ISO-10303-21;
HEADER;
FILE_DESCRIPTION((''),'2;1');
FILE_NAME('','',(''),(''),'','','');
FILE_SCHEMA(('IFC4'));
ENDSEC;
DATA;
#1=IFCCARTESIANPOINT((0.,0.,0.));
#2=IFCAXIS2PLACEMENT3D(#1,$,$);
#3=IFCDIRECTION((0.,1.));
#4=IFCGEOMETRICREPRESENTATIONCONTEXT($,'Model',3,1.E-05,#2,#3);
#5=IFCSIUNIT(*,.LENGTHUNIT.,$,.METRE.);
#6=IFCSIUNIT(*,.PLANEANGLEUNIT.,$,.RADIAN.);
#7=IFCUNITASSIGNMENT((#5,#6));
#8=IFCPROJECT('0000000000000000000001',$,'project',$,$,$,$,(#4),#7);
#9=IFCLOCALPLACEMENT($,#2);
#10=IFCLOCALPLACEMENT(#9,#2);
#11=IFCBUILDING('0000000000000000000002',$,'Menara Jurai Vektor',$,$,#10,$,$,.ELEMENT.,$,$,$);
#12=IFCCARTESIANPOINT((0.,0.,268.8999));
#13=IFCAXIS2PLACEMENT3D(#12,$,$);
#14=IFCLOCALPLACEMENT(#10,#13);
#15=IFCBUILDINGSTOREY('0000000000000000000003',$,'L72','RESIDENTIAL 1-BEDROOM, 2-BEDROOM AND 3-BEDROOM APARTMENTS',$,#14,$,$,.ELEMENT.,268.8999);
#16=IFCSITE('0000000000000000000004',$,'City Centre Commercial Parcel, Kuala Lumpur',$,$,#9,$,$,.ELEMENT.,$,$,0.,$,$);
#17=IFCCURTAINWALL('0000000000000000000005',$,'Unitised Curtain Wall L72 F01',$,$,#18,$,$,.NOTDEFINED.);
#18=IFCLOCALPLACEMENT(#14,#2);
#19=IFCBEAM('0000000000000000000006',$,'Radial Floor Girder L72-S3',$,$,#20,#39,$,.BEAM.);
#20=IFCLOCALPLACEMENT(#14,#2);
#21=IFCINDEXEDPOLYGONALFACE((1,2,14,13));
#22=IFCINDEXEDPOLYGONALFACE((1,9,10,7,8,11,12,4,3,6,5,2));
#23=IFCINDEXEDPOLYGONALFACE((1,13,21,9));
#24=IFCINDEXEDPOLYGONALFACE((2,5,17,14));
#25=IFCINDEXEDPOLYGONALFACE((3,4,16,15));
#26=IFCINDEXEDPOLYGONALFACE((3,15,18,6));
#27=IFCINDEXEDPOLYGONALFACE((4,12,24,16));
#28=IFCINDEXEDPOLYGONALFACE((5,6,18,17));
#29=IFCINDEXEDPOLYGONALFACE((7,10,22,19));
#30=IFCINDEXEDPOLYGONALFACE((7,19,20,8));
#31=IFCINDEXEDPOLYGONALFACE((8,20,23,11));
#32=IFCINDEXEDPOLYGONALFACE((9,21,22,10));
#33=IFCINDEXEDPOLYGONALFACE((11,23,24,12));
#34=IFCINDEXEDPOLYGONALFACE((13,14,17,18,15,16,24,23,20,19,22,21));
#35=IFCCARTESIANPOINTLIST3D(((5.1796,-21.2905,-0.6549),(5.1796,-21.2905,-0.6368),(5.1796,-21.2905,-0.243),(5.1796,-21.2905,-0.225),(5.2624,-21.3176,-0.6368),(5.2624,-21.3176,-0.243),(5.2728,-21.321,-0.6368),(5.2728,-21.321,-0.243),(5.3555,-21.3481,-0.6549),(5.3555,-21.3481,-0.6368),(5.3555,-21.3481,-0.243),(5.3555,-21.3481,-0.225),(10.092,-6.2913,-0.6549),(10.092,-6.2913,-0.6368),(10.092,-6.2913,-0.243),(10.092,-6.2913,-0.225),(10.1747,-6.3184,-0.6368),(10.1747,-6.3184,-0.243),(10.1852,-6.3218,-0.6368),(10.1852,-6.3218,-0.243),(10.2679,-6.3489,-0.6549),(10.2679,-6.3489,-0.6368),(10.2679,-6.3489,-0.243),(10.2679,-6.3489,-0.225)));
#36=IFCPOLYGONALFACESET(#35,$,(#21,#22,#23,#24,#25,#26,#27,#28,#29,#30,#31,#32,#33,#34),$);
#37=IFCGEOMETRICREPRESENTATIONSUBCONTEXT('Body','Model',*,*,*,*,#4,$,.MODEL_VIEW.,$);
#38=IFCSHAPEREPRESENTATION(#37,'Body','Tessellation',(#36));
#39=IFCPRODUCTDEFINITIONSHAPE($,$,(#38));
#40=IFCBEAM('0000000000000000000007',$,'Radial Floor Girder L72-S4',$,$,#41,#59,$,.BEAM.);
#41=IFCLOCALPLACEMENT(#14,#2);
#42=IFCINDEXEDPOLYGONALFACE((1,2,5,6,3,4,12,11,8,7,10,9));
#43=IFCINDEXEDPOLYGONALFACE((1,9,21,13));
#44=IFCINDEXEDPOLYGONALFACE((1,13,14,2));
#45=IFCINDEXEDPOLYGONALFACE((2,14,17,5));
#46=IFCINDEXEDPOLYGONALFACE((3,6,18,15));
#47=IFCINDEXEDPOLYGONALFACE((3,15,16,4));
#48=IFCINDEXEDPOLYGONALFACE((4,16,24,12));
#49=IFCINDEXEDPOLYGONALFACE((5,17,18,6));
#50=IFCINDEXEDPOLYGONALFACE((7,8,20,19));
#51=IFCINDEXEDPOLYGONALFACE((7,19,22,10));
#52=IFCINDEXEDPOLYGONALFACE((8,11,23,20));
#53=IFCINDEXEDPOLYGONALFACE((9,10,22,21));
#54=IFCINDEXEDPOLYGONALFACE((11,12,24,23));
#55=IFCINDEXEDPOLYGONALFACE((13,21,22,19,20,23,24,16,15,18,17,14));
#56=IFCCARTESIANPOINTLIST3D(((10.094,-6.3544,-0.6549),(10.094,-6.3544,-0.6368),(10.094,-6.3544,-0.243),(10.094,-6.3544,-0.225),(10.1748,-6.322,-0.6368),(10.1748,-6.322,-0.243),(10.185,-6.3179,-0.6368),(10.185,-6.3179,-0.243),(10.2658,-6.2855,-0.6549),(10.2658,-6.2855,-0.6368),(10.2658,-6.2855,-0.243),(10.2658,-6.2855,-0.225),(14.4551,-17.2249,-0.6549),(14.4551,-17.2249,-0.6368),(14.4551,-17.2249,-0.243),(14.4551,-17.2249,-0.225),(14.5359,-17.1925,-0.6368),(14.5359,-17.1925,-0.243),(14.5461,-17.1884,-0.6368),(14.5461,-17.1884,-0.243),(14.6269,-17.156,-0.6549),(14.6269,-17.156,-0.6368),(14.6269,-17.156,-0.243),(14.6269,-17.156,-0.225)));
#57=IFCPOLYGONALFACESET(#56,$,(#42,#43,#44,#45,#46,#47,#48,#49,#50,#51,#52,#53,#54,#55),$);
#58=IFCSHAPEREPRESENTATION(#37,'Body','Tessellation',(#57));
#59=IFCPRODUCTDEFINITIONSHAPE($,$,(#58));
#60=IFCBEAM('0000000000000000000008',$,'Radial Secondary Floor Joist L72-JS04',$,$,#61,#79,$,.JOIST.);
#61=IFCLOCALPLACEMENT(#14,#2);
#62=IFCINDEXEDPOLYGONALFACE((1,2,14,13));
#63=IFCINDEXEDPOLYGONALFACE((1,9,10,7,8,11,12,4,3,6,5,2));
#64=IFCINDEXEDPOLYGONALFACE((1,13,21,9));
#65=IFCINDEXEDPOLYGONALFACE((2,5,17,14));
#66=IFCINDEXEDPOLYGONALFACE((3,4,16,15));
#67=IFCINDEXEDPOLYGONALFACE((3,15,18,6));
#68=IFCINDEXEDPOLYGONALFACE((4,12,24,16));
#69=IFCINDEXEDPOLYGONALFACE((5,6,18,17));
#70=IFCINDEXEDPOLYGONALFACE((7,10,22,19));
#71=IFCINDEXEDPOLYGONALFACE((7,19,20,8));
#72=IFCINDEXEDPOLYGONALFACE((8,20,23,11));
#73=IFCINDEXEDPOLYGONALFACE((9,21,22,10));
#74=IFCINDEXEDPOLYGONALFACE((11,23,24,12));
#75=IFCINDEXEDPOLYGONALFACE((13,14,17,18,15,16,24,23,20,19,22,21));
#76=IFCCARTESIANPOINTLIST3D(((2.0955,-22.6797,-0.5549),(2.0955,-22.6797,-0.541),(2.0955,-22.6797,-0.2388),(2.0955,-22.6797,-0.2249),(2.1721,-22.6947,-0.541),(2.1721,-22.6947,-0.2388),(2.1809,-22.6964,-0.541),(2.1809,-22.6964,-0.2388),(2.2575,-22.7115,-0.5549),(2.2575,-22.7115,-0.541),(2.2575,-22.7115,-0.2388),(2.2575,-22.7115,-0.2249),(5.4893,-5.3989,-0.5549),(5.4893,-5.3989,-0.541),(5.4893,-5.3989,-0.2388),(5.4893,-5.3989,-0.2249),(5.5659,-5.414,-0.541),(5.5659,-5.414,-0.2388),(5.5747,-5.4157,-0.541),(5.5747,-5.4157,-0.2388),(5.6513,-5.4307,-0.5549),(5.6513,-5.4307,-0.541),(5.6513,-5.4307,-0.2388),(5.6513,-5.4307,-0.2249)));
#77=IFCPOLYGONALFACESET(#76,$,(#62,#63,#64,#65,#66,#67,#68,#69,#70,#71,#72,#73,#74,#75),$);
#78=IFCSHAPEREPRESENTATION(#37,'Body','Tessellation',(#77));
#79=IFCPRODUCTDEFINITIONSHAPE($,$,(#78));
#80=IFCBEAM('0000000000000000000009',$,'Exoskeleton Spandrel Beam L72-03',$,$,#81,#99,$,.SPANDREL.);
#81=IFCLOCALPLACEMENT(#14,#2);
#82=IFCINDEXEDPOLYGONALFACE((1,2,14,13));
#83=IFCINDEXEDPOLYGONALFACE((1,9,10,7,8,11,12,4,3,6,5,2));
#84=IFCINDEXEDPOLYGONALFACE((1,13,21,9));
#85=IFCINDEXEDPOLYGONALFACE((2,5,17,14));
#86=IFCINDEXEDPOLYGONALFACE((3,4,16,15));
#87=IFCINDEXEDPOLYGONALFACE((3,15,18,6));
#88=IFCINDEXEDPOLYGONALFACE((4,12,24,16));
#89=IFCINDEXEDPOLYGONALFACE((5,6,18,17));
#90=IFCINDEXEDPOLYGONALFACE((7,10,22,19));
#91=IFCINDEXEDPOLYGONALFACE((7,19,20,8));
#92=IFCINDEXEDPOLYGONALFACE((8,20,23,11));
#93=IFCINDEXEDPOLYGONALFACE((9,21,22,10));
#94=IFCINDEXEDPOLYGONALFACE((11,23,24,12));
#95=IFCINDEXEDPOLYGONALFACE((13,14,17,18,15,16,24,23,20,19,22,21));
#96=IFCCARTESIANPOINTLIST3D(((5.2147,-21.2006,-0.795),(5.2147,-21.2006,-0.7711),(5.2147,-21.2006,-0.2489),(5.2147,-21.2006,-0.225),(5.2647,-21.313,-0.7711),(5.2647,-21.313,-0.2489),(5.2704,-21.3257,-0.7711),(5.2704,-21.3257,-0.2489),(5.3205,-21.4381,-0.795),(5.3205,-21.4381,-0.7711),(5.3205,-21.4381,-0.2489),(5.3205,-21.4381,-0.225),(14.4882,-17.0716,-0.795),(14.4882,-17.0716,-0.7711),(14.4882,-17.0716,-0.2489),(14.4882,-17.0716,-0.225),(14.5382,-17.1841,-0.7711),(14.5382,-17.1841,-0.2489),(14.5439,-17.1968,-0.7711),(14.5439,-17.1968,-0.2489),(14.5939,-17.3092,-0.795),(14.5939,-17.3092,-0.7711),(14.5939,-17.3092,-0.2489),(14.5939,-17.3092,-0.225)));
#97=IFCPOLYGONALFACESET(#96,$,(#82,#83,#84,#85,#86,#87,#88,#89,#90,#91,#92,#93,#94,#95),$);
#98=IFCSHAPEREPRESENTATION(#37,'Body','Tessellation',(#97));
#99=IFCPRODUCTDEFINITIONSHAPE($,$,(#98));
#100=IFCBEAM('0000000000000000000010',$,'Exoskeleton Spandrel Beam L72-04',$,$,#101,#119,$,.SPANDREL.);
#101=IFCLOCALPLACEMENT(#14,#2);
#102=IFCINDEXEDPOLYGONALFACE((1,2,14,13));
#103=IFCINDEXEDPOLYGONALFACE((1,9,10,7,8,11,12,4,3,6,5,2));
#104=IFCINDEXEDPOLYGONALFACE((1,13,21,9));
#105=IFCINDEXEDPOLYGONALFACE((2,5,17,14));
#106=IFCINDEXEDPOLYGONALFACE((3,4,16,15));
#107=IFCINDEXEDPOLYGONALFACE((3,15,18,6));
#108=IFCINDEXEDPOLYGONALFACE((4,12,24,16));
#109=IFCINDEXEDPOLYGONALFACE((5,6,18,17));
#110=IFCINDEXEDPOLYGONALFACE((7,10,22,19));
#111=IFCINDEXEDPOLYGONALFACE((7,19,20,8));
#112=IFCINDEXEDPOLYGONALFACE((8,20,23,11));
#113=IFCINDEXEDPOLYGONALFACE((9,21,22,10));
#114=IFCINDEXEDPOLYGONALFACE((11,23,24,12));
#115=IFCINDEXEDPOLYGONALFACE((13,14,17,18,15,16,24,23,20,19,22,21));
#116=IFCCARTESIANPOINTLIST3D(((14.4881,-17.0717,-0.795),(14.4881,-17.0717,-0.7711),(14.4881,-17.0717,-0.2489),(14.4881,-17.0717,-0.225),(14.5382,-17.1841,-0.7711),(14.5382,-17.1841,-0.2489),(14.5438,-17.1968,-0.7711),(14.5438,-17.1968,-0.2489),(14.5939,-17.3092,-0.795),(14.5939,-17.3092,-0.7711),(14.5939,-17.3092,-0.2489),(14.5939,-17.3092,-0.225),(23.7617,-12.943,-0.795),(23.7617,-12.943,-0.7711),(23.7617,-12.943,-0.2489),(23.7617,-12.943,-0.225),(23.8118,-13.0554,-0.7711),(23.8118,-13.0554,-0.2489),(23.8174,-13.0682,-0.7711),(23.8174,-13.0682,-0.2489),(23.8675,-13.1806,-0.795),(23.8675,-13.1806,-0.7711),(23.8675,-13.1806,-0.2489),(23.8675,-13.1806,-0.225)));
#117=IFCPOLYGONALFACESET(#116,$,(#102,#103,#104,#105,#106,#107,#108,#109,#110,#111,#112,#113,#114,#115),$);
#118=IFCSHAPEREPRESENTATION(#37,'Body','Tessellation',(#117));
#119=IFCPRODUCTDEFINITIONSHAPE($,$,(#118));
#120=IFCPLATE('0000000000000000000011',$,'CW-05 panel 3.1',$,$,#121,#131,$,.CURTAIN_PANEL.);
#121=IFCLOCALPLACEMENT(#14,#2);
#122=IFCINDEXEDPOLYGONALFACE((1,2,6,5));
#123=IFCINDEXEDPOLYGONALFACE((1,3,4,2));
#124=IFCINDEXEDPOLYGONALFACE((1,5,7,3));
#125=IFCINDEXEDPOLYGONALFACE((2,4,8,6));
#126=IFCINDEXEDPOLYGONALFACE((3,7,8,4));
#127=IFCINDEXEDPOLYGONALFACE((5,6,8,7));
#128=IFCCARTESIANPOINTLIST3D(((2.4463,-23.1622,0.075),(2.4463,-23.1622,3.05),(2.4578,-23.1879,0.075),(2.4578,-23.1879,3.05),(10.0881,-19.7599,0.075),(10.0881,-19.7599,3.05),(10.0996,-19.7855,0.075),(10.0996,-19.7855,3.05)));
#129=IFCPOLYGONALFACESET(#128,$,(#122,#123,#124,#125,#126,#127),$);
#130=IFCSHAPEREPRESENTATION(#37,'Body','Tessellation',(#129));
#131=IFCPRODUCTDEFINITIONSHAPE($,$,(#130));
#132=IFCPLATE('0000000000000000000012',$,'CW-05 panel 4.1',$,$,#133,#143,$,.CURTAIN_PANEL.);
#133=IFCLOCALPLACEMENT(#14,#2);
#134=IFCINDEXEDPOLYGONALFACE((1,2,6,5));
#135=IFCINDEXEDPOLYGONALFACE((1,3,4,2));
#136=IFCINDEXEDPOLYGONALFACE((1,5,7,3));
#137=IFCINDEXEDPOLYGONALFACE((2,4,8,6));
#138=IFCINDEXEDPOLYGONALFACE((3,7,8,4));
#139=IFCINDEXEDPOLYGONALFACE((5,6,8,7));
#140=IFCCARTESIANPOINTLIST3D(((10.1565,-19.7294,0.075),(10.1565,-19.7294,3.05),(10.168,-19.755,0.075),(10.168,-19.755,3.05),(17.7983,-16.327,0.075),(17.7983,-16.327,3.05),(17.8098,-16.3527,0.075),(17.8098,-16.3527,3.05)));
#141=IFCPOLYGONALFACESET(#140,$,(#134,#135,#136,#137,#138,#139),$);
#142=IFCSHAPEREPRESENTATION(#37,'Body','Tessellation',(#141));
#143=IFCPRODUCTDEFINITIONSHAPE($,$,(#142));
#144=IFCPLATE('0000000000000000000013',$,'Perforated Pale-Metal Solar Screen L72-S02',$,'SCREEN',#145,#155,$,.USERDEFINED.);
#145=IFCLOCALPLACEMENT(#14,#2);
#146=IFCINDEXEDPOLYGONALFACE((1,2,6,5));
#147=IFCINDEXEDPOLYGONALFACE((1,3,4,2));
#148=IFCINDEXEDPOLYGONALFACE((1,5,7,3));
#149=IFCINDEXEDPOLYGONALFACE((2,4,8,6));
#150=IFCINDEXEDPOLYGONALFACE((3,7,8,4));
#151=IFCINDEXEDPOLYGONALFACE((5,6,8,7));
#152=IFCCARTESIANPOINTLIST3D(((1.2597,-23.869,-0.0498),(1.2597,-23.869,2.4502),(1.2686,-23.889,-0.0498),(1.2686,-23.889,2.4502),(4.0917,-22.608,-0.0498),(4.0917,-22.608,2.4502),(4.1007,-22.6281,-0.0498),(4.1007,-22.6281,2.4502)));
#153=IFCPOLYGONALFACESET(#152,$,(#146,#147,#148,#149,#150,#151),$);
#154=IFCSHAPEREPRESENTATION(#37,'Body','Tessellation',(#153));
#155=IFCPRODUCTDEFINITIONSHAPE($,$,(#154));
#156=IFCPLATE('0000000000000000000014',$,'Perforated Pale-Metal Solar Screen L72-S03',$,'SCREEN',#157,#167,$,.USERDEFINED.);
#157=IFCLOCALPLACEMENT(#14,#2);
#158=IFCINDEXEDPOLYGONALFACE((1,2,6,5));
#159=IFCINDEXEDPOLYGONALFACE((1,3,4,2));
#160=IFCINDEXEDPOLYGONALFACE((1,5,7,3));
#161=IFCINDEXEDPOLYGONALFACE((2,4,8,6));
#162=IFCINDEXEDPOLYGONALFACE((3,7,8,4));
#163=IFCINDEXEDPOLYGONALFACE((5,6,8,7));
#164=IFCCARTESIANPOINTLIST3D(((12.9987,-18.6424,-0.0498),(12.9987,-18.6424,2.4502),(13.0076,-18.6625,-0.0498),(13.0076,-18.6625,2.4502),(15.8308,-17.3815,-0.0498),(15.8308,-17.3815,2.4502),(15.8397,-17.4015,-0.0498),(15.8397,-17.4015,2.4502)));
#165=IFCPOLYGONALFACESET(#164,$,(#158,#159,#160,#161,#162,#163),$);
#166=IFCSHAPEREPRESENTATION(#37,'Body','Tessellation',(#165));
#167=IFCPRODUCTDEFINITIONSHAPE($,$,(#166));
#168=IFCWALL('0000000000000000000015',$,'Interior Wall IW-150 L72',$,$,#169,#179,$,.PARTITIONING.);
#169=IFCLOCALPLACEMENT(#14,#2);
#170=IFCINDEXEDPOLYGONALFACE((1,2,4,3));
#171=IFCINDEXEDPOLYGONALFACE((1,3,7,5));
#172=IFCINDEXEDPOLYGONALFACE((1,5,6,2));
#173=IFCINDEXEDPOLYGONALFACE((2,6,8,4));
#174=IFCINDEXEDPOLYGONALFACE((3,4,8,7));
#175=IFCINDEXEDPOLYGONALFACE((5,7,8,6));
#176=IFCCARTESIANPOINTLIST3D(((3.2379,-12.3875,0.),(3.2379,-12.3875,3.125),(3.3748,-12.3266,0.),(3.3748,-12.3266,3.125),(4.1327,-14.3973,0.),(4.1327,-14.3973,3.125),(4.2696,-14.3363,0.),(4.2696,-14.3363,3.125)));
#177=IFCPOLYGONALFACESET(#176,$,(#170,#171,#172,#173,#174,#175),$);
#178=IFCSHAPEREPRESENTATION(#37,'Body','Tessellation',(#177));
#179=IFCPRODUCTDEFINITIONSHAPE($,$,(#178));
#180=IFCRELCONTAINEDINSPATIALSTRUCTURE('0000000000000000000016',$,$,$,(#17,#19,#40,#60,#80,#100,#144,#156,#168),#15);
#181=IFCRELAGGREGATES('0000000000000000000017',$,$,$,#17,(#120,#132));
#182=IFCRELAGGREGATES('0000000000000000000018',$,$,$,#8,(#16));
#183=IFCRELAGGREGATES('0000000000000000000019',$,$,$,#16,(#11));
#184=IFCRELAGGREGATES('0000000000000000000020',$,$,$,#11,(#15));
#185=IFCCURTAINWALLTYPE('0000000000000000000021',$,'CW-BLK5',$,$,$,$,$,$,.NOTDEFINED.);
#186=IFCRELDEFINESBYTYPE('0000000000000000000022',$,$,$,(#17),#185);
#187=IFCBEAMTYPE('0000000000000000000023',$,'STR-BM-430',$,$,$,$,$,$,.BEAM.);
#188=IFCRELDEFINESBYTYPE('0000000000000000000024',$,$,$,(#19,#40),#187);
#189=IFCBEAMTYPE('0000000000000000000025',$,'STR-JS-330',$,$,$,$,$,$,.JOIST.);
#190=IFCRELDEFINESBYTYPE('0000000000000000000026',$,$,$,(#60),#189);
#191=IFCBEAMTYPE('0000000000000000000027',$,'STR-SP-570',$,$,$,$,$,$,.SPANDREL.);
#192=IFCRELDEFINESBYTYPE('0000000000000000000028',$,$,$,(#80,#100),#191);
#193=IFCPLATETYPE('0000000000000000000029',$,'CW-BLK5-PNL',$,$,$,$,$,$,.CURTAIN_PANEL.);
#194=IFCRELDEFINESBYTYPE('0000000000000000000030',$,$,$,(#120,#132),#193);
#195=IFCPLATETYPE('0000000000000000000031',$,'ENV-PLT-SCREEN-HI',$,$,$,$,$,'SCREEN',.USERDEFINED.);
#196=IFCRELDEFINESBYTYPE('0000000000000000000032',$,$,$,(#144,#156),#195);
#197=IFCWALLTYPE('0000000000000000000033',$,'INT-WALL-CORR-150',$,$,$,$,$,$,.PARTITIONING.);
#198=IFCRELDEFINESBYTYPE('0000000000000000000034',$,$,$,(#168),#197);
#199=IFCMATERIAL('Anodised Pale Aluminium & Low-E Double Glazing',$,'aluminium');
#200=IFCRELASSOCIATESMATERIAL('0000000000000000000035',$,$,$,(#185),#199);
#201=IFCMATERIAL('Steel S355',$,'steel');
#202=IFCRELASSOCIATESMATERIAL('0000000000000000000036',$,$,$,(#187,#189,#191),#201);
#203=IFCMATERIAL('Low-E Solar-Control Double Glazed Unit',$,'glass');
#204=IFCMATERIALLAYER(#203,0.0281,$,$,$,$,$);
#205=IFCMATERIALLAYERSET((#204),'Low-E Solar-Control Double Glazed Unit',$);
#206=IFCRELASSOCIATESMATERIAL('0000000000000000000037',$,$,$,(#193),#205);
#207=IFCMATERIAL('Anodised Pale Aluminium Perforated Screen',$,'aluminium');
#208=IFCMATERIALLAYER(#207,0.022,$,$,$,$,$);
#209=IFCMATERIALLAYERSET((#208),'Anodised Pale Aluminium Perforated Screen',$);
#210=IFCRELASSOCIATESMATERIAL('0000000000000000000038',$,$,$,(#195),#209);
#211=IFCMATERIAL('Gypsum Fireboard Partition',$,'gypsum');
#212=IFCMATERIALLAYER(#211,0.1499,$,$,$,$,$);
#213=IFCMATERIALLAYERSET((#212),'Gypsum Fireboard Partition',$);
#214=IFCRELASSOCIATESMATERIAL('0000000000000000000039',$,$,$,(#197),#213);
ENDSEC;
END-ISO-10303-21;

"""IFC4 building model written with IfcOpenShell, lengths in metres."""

from ifc_helpers import new_model, si_unit, direction, frame, frame_2d, origin, origin_2d, place, context, subcontext, project, spatial, rectangle, i_section, extrude, material, layer, layer_set, material_profile, profile_set, type_object, element, aggregate, save


model = new_model("IFC4")

# Units and contexts
model_context = context("Model", 3, precision=1e-05, world=origin(), true_north=direction((0.0, 1.0)))
body_context = subcontext(model_context, "Body", "Model", "MODEL_VIEW")
ifc_project = project(units=[si_unit("LENGTHUNIT", "METRE"), si_unit("PLANEANGLEUNIT", "RADIAN")], contexts=[model_context])

# Site, building, storey
site_placement = place(None, origin())
site = spatial("IfcSite", under=ifc_project, at=site_placement, Name="City Centre Commercial Parcel, Kuala Lumpur", CompositionType="ELEMENT", RefElevation=0.0)
building_placement = place(site_placement, origin())
building = spatial("IfcBuilding", under=site, at=building_placement, Name="Menara Jurai Vektor", CompositionType="ELEMENT")
storey_placement = place(building_placement, frame((0.0, 0.0, 268.8999)))
storey = spatial("IfcBuildingStorey", under=building, at=storey_placement, Name="L72", Description="RESIDENTIAL 1-BEDROOM, 2-BEDROOM AND 3-BEDROOM APARTMENTS", CompositionType="ELEMENT", Elevation=268.8999)

# Curtain wall
ifc_material_1 = material(Name="Anodised Pale Aluminium & Low-E Double Glazing", Category="aluminium")
curtain_wall_type = type_object("IfcCurtainWallType", Name="CW-BLK5", PredefinedType="NOTDEFINED", material=ifc_material_1)
curtain_wall_placement = place(storey_placement, origin())
curtain_wall = element("IfcCurtainWall", 1, at=curtain_wall_placement, inside=storey, type_object=curtain_wall_type, Name="Unitised Curtain Wall L72 F01", PredefinedType="NOTDEFINED")

# Beams
ifc_material_2 = material(Name="Steel S355", Category="steel")
ifc_material_profile_1 = material_profile(ifc_material_2, i_section(OverallWidth=0.1851, OverallDepth=0.4299, WebThickness=0.011, FlangeThickness=0.0181, at=origin_2d()), Name="PG 430x185x76")
ifc_profile_set_1 = profile_set([ifc_material_profile_1], Name="Steel S355")
beam_type_1 = type_object("IfcBeamType", Name="STR-BM-430", PredefinedType="BEAM", material=ifc_profile_set_1)
beam_1_placement = place(storey_placement, frame((5.2676, -21.3193, -0.4399), z_axis=(0.311239, 0.950332, 0.0), x_axis=(-0.950332, 0.311239, 0.0)))
element("IfcBeam", 2, at=beam_1_placement, inside=storey, type_object=beam_type_1, Name="Radial Floor Girder L72-S3", PredefinedType="BEAM", context=body_context, shape_type="SweptSolid", body=[
    extrude(i_section(OverallWidth=0.1851, OverallDepth=0.4299, WebThickness=0.011, FlangeThickness=0.0181, at=origin_2d()), origin(), (0.0, 0.0, 1.0), 15.7832),
])
beam_2_placement = place(storey_placement, frame((14.541, -17.1904, -0.4399), z_axis=(-0.372343, 0.928095, 0.0), x_axis=(-0.928095, -0.372343, 0.0)))
element("IfcBeam", 3, at=beam_2_placement, inside=storey, type_object=beam_type_1, Name="Radial Floor Girder L72-S4", PredefinedType="BEAM", context=body_context, shape_type="SweptSolid", body=[
    extrude(i_section(OverallWidth=0.1851, OverallDepth=0.4299, WebThickness=0.011, FlangeThickness=0.0181, at=origin_2d()), origin(), (0.0, 0.0, 1.0), 11.7126),
])
ifc_material_profile_2 = material_profile(ifc_material_2, i_section(OverallWidth=0.165, OverallDepth=0.3301, WebThickness=0.009, FlangeThickness=0.0139, at=origin_2d()), Name="PG 330x165x46")
ifc_profile_set_2 = profile_set([ifc_material_profile_2], Name="Steel S355")
beam_type_2 = type_object("IfcBeamType", Name="STR-JS-330", PredefinedType="JOIST", material=ifc_profile_set_2)
beam_3_placement = place(storey_placement, frame((2.1765, -22.6956, -0.3899), z_axis=(0.192711, 0.981256, 0.0), x_axis=(-0.981256, 0.192711, 0.0)))
element("IfcBeam", 4, at=beam_3_placement, inside=storey, type_object=beam_type_2, Name="Radial Secondary Floor Joist L72-JS04", PredefinedType="JOIST", context=body_context, shape_type="SweptSolid", body=[
    extrude(i_section(OverallWidth=0.165, OverallDepth=0.3301, WebThickness=0.009, FlangeThickness=0.0139, at=origin_2d()), origin(), (0.0, 0.0, 1.0), 17.6108),
])
ifc_material_profile_3 = material_profile(ifc_material_2, i_section(OverallWidth=0.26, OverallDepth=0.5701, WebThickness=0.0139, FlangeThickness=0.0239, at=origin_2d()), Name="PG 570x260x145")
ifc_profile_set_3 = profile_set([ifc_material_profile_3], Name="Steel S355")
beam_type_3 = type_object("IfcBeamType", Name="STR-SP-570", PredefinedType="SPANDREL", material=ifc_profile_set_3)
for number, where, z_axis, x_axis, name in (
    (5, (5.2676, -21.3193, -0.51), (0.913542, 0.406745, 0.0), (-0.406745, 0.913542, 0.0), "Exoskeleton Spandrel Beam L72-03"),
    (6, (14.541, -17.1904, -0.51), (0.913554, 0.406716, 0.0), (-0.406716, 0.913554, 0.0), "Exoskeleton Spandrel Beam L72-04"),
):
    element("IfcBeam", number, at=place(storey_placement, frame(where, z_axis=z_axis, x_axis=x_axis)), inside=storey, type_object=beam_type_3, Name=name, PredefinedType="SPANDREL", context=body_context, shape_type="SweptSolid", body=[
        extrude(i_section(OverallWidth=0.26, OverallDepth=0.5701, WebThickness=0.0139, FlangeThickness=0.0239, at=origin_2d()), origin(), (0.0, 0.0, 1.0), 10.1511),
    ])

# Plates
ifc_material_3 = material(Name="Low-E Solar-Control Double Glazed Unit", Category="glass")
ifc_layer_1 = layer(ifc_material_3, 0.0281)
ifc_layer_set_1 = layer_set([ifc_layer_1], Name="Low-E Solar-Control Double Glazed Unit")
plate_type_1 = type_object("IfcPlateType", Name="CW-BLK5-PNL", PredefinedType="CURTAIN_PANEL", material=ifc_layer_set_1)
plate_1_placement = place(storey_placement, frame((6.2729, -21.4739, 0.075), z_axis=(0.0, 0.0, 1.0), x_axis=(0.913546, 0.406735, 0.0)))
plate_1 = element("IfcPlate", 7, at=plate_1_placement, type_object=plate_type_1, Name="CW-05 panel 3.1", PredefinedType="CURTAIN_PANEL", context=body_context, shape_type="SweptSolid", body=[
    extrude(rectangle(XDim=8.365, YDim=0.0281, at=origin_2d()), origin(), (0.0, 0.0, 1.0), 2.9751),
])
plate_2_placement = place(storey_placement, frame((13.9832, -18.041, 0.075), z_axis=(0.0, 0.0, 1.0), x_axis=(0.913546, 0.406735, 0.0)))
plate_2 = element("IfcPlate", 8, at=plate_2_placement, type_object=plate_type_1, Name="CW-05 panel 4.1", PredefinedType="CURTAIN_PANEL", context=body_context, shape_type="SweptSolid", body=[
    extrude(rectangle(XDim=8.365, YDim=0.0281, at=origin_2d()), origin(), (0.0, 0.0, 1.0), 2.9751),
])
aggregate(curtain_wall, [plate_1, plate_2])

# Plates
ifc_material_4 = material(Name="Anodised Pale Aluminium Perforated Screen", Category="aluminium")
ifc_layer_2 = layer(ifc_material_4, 0.022)
ifc_layer_set_2 = layer_set([ifc_layer_2], Name="Anodised Pale Aluminium Perforated Screen")
plate_type_2 = type_object("IfcPlateType", Name="ENV-PLT-SCREEN-HI", ElementType="SCREEN", PredefinedType="USERDEFINED", material=ifc_layer_set_2)
for number, where, z_axis, x_axis, name in (
    (9, (2.6802, -23.2485, -0.0498), (0.0, 0.0, 1.0), (0.913545, 0.406737, 0.0), "Perforated Pale-Metal Solar Screen L72-S02"),
    (10, (14.4192, -18.022, -0.0498), (0.0, 0.0, 1.0), (0.913545, 0.406737, 0.0), "Perforated Pale-Metal Solar Screen L72-S03"),
):
    element("IfcPlate", number, at=place(storey_placement, frame(where, z_axis=z_axis, x_axis=x_axis)), inside=storey, type_object=plate_type_2, Name=name, ObjectType="SCREEN", PredefinedType="USERDEFINED", context=body_context, shape_type="SweptSolid", body=[
        extrude(rectangle(XDim=3.1001, YDim=0.022, at=origin_2d()), origin(), (0.0, 0.0, 1.0), 2.5),
    ])

# Shared definitions
ifc_material_5 = material(Name="Gypsum Fireboard Partition", Category="gypsum")
ifc_layer_3 = layer(ifc_material_5, 0.1499)
ifc_layer_set_3 = layer_set([ifc_layer_3], Name="Gypsum Fireboard Partition")
wall_type_1 = type_object("IfcWallType", Name="INT-WALL-CORR-150", PredefinedType="PARTITIONING", material=ifc_layer_set_3)

# Wall
wall_1_placement = place(storey_placement, frame((4.2012, -14.3669, 0.0), z_axis=(0.0, 0.0, 1.0), x_axis=(-0.406725, 0.913551, 0.0)))
element("IfcWall", 11, at=wall_1_placement, inside=storey, type_object=wall_type_1, Name="Interior Wall IW-150 L72", PredefinedType="PARTITIONING", context=body_context, shape_type="SweptSolid", body=[
    extrude(rectangle(XDim=2.2, YDim=0.1499, at=frame_2d((1.1001, 0.0))), origin(), (0.0, 0.0, 1.0), 3.125),
])

save(model, "model.ifc")
